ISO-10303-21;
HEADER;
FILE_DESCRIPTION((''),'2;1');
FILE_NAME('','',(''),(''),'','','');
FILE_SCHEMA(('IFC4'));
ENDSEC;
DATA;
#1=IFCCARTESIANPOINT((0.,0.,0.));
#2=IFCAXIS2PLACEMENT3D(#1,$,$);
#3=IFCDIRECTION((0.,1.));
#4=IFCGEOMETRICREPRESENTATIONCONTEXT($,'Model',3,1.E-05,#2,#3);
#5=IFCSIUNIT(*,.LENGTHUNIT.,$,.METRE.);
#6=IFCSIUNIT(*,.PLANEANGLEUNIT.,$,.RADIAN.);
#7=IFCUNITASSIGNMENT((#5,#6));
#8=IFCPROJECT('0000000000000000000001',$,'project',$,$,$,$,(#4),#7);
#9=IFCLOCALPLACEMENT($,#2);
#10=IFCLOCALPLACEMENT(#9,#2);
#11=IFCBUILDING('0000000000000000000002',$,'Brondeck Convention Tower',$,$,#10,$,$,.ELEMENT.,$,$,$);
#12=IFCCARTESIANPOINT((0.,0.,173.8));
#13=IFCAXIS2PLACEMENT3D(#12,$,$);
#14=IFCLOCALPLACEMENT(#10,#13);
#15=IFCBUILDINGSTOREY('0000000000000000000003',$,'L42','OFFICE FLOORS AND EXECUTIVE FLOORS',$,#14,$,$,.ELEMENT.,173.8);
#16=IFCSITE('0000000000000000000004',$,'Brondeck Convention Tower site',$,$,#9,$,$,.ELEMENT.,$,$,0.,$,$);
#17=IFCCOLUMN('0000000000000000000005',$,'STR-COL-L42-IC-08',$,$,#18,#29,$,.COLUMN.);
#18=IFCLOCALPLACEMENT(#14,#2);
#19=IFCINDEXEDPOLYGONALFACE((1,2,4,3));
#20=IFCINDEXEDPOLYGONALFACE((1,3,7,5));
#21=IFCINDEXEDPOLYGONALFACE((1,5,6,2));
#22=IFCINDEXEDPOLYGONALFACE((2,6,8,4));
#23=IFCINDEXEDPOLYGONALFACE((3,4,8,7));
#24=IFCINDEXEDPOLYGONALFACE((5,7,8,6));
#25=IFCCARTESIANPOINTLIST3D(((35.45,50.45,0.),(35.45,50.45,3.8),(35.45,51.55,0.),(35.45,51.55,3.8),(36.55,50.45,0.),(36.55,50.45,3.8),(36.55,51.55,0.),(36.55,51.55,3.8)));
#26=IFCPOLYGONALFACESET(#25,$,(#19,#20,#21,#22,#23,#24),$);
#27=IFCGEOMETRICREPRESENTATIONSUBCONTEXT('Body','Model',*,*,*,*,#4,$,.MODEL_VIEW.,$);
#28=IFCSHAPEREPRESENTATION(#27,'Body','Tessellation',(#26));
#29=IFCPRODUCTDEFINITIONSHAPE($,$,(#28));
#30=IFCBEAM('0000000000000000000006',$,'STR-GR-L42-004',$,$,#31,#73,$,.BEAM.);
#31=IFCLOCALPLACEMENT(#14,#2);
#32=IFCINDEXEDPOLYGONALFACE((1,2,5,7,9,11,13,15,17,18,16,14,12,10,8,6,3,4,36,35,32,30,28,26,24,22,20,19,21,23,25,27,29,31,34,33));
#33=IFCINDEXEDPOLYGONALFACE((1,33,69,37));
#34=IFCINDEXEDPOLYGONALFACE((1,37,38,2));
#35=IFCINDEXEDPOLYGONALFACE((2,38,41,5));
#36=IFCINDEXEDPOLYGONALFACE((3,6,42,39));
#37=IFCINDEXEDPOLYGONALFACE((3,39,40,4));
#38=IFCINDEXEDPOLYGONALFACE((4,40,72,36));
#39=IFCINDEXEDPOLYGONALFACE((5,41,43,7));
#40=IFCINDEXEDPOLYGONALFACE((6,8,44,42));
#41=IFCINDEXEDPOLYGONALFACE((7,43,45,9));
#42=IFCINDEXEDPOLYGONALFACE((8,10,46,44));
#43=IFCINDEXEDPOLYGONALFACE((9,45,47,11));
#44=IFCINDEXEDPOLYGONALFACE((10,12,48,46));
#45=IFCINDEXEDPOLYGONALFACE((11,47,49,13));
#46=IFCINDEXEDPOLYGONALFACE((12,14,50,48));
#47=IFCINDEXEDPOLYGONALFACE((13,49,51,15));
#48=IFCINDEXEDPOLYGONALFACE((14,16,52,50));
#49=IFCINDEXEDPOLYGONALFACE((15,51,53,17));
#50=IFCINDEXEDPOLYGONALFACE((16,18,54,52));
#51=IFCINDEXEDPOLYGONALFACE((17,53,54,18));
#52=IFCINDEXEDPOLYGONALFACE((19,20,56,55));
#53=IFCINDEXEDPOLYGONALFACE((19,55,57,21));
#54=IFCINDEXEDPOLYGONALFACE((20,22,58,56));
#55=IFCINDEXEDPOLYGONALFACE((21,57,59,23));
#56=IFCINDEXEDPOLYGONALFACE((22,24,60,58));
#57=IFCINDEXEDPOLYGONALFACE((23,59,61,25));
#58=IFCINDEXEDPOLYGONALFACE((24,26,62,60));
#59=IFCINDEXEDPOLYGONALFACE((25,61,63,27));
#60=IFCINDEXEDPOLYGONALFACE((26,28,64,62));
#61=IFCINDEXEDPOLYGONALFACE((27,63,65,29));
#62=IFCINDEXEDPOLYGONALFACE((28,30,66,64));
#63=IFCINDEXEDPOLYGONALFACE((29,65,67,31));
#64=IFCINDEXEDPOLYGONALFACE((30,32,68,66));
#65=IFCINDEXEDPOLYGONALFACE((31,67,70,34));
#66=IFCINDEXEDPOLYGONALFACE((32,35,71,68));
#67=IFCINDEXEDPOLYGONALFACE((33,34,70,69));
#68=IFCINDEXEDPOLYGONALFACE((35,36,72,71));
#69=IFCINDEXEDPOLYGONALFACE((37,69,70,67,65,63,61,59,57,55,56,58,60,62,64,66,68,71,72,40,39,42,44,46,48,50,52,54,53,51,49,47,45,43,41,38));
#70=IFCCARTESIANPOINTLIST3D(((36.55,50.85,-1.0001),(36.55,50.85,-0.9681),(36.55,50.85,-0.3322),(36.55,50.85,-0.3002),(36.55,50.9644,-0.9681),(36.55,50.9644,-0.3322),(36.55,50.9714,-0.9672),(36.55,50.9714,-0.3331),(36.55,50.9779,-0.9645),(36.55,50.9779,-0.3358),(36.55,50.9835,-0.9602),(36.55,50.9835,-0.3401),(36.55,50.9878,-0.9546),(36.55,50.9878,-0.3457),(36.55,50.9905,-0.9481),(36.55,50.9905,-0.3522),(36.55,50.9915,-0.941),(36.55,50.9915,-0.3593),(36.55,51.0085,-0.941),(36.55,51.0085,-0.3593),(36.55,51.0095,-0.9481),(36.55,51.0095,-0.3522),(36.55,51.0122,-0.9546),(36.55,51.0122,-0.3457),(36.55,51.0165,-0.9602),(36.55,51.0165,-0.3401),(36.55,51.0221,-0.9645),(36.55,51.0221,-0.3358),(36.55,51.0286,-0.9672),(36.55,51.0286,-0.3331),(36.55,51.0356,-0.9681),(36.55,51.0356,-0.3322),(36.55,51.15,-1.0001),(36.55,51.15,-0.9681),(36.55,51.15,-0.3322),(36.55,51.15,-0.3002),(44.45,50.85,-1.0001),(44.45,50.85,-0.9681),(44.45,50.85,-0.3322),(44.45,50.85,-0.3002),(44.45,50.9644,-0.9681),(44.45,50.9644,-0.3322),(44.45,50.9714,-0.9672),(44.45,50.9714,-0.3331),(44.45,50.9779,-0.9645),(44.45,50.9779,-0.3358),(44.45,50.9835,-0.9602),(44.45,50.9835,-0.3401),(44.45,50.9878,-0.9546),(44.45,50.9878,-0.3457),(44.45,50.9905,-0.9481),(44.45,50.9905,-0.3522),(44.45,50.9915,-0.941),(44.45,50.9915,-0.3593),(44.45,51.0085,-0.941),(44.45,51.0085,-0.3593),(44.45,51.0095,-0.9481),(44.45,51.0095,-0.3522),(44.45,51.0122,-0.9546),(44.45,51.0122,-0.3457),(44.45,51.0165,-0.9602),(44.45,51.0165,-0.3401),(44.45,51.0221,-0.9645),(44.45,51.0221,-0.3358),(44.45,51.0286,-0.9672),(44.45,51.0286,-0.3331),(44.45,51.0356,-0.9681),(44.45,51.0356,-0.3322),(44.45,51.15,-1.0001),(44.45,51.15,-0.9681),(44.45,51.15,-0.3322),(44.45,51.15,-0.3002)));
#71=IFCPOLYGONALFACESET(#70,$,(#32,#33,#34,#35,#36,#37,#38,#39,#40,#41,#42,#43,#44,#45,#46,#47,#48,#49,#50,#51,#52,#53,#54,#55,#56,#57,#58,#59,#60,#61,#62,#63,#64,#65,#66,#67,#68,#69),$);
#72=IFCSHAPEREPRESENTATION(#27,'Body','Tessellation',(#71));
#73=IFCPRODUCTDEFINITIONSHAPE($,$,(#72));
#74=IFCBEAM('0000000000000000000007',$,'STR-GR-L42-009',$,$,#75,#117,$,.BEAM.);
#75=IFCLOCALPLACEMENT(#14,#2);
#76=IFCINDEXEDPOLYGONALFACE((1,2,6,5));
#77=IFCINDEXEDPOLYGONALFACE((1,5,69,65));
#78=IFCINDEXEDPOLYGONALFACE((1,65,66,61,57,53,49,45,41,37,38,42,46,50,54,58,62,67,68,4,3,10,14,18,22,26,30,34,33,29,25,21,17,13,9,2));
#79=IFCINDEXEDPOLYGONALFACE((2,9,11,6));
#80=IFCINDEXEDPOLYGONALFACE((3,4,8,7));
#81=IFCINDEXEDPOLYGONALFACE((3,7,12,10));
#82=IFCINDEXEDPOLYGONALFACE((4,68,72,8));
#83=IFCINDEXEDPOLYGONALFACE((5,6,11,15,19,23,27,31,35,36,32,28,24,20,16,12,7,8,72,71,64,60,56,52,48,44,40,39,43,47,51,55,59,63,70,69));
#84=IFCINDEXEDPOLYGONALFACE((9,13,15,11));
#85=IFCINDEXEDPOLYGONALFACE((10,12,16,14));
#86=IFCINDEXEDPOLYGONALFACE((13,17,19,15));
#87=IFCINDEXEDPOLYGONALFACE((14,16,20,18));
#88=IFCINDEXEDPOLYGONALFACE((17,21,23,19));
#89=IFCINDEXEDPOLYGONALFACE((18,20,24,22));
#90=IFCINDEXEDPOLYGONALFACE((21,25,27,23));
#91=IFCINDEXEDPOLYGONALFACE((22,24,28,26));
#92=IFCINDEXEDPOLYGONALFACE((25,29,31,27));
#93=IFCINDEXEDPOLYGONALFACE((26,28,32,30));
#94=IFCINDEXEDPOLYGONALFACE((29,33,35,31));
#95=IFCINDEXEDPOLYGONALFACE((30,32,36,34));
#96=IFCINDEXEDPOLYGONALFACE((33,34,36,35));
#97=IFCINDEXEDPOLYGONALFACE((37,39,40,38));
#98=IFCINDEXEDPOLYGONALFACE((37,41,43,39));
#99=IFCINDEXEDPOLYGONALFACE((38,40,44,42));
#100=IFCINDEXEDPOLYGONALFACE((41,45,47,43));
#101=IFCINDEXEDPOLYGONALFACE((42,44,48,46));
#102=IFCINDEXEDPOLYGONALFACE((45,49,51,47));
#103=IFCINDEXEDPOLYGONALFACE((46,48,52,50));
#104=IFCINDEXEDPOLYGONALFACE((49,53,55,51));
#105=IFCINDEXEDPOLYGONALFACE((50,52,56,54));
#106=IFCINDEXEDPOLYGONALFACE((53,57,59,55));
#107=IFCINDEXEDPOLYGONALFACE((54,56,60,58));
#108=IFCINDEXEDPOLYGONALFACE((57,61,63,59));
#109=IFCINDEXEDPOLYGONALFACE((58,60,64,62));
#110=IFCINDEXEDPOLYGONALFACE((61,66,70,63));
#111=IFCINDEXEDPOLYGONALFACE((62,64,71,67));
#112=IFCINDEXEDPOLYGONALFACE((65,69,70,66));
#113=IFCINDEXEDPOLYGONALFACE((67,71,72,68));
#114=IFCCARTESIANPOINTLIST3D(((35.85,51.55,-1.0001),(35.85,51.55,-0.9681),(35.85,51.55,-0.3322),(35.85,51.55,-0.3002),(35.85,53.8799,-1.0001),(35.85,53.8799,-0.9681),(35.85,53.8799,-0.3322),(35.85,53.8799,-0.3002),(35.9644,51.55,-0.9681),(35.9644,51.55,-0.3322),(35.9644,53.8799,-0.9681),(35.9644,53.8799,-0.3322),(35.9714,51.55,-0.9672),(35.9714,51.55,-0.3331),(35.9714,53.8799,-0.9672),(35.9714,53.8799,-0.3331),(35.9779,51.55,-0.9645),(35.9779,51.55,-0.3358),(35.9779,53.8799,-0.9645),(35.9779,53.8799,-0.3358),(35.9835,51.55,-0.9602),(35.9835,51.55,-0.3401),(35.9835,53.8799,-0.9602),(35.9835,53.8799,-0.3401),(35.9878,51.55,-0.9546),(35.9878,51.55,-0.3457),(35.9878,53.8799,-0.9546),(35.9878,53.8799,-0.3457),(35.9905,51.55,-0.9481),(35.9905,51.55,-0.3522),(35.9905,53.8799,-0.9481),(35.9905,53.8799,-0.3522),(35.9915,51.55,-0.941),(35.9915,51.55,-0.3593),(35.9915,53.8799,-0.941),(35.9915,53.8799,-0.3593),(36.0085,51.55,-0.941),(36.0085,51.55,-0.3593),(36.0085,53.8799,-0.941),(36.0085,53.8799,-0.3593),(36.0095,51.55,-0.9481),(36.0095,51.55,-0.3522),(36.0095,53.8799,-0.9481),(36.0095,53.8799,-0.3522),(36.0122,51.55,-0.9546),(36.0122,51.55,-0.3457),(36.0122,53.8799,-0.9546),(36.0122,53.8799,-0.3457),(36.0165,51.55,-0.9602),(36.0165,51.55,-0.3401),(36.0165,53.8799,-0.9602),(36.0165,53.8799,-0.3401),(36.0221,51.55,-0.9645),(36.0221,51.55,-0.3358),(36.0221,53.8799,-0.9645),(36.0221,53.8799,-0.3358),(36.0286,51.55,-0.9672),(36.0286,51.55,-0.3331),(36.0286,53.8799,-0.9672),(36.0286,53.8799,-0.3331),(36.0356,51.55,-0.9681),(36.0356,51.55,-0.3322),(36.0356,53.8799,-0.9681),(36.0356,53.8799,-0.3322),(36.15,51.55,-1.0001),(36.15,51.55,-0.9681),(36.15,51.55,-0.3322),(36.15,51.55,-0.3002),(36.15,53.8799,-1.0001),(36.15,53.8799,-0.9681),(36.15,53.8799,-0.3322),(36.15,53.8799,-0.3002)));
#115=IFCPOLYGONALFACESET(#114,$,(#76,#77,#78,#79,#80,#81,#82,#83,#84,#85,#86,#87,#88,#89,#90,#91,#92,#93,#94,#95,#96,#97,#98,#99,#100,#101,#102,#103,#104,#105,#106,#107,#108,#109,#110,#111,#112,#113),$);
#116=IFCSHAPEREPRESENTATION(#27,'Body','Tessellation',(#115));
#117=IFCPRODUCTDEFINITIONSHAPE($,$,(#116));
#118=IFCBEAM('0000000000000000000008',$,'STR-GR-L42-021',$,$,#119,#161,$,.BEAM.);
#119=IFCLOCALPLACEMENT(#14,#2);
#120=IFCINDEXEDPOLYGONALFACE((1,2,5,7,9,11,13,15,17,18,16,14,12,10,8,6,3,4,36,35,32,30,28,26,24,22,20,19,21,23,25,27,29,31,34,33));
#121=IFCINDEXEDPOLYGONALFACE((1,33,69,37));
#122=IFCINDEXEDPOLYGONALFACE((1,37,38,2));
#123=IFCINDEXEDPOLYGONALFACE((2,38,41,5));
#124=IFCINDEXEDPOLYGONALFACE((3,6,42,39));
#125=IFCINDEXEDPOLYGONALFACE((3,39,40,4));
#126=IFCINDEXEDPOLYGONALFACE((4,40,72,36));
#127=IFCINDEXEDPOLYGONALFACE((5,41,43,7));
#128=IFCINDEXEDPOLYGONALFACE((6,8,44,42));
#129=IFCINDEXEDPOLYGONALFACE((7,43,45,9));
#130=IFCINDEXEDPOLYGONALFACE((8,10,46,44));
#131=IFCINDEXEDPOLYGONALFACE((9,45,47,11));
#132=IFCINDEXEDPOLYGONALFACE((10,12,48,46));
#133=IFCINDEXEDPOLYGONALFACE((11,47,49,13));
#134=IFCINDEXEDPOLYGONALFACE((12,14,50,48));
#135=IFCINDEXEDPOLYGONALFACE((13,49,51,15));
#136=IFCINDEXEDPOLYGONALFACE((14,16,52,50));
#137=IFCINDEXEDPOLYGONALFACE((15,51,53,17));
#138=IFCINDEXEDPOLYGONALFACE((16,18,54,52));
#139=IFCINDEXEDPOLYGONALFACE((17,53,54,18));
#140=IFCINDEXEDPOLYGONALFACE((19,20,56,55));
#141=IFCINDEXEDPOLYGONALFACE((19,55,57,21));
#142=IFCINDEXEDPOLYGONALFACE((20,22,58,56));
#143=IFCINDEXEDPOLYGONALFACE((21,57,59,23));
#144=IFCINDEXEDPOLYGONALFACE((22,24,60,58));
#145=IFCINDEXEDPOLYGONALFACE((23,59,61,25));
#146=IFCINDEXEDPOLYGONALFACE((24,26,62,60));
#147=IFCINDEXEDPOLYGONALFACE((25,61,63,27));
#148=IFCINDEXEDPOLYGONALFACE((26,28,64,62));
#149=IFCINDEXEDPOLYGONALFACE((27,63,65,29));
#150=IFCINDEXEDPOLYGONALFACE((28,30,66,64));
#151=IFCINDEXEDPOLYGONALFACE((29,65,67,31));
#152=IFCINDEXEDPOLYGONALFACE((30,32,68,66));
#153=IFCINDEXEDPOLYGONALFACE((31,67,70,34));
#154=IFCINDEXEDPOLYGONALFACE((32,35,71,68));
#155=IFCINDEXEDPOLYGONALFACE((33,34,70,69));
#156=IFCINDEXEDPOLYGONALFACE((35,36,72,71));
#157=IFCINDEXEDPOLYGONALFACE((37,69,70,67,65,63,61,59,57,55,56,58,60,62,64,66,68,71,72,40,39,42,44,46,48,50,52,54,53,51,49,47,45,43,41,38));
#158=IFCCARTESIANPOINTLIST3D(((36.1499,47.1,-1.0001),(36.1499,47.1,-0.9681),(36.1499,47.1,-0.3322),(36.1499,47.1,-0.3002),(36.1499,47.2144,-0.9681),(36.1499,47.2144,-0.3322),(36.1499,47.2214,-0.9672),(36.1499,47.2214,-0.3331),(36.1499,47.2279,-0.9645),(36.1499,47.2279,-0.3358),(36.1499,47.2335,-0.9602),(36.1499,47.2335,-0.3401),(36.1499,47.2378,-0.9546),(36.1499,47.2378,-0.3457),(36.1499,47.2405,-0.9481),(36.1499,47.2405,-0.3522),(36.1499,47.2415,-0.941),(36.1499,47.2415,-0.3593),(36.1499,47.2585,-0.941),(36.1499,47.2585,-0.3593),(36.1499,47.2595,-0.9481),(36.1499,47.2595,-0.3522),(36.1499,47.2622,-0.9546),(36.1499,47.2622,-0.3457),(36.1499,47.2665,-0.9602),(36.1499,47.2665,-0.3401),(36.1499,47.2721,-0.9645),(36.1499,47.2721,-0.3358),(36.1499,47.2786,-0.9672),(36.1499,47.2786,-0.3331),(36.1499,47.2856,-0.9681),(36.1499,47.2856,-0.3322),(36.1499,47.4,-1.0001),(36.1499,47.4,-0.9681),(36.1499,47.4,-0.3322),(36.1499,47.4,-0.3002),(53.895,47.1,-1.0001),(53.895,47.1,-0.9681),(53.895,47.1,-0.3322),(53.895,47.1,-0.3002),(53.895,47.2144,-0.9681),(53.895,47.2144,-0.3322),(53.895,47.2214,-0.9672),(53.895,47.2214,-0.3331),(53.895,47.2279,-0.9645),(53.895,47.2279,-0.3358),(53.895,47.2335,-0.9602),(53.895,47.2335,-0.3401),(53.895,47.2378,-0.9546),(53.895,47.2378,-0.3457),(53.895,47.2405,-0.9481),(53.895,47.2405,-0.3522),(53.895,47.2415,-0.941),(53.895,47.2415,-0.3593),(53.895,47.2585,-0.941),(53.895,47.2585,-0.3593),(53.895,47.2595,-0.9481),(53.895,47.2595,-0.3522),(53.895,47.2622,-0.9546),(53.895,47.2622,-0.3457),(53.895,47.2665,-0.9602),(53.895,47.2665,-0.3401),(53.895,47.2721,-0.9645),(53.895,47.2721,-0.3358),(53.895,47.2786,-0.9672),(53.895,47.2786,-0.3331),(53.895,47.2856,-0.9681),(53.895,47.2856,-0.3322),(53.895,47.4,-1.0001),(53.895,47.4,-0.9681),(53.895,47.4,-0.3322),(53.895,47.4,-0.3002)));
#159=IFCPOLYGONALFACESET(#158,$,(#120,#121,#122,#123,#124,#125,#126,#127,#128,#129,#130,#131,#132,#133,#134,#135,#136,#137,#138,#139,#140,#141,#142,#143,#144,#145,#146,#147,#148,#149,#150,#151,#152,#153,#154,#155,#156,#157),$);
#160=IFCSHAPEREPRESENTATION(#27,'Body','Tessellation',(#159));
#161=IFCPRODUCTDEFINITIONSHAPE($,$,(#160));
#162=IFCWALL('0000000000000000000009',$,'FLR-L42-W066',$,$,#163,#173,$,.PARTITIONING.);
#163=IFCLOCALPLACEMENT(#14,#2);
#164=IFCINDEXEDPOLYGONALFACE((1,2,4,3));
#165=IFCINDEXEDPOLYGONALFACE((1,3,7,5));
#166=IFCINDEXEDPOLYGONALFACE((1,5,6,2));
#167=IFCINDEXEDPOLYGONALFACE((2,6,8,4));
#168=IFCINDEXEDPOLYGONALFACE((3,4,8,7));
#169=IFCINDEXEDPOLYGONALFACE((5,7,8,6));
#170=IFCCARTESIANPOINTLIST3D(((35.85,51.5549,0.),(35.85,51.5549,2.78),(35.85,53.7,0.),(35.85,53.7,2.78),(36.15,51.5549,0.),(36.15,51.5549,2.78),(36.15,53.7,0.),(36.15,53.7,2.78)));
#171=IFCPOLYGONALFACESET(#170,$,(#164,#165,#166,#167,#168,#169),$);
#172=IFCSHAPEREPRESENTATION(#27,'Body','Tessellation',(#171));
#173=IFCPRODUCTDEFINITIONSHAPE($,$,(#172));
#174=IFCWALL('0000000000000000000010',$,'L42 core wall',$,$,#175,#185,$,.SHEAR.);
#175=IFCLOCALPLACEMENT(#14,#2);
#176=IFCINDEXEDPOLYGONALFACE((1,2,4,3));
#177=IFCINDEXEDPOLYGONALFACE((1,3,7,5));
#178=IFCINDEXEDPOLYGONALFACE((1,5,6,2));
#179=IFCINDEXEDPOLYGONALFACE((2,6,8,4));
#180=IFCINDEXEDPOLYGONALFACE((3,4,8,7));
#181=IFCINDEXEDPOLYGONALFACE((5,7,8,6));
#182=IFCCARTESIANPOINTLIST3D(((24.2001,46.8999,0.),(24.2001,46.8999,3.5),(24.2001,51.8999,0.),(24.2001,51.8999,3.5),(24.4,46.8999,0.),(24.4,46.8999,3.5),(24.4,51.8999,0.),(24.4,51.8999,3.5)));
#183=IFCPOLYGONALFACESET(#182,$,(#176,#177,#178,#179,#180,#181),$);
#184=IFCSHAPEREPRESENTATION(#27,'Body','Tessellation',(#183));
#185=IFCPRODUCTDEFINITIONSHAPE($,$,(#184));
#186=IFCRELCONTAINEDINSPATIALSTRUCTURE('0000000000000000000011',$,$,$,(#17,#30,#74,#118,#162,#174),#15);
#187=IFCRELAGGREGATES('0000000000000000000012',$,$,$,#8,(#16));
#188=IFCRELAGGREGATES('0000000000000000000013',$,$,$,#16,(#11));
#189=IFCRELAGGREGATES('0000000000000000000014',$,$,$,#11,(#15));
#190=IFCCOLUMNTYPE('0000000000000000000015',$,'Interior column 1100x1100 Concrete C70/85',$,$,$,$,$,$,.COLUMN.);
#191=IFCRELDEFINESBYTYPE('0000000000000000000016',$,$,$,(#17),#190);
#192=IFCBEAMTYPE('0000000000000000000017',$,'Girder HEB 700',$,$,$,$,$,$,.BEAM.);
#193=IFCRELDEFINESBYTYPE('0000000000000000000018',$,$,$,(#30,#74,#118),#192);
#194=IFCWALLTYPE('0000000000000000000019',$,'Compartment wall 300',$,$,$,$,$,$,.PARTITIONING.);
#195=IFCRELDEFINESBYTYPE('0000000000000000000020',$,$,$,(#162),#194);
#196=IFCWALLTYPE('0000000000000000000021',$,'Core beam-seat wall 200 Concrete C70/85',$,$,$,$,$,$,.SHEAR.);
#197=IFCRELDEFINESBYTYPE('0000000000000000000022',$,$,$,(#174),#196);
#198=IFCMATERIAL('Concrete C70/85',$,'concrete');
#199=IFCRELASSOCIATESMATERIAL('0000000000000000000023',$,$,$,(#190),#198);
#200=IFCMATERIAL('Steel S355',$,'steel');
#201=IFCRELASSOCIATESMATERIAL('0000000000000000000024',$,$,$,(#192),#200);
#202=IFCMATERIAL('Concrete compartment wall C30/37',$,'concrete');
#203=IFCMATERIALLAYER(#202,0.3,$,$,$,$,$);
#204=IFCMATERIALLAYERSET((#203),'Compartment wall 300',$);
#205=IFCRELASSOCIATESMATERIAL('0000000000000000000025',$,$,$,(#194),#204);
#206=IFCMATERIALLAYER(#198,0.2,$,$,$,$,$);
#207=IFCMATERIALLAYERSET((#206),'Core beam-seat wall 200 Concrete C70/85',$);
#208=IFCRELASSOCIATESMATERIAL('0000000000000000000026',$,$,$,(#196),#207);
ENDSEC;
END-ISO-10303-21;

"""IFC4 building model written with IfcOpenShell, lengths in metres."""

from ifc_helpers import new_model, si_unit, direction, frame, frame_2d, origin, origin_2d, place, context, subcontext, project, spatial, rectangle, i_section, extrude, material, layer, layer_set, material_profile, profile_set, type_object, element, save


model = new_model("IFC4")

# Units and contexts
model_context = context("Model", 3, precision=1e-05, world=origin(), true_north=direction((0.0, 1.0)))
body_context = subcontext(model_context, "Body", "Model", "MODEL_VIEW")
ifc_project = project(units=[si_unit("LENGTHUNIT", "METRE"), si_unit("PLANEANGLEUNIT", "RADIAN")], contexts=[model_context])

# Site, building, storey
site_placement = place(None, origin())
site = spatial("IfcSite", under=ifc_project, at=site_placement, Name="Brondeck Convention Tower site", CompositionType="ELEMENT", RefElevation=0.0)
building_placement = place(site_placement, origin())
building = spatial("IfcBuilding", under=site, at=building_placement, Name="Brondeck Convention Tower", CompositionType="ELEMENT")
storey_placement = place(building_placement, frame((0.0, 0.0, 173.8)))
storey = spatial("IfcBuildingStorey", under=building, at=storey_placement, Name="L42", Description="OFFICE FLOORS AND EXECUTIVE FLOORS", CompositionType="ELEMENT", Elevation=173.8)

# Column
ifc_material_1 = material(Name="Concrete C70/85", Category="concrete")
ifc_material_profile_1 = material_profile(ifc_material_1, rectangle(XDim=1.1001, YDim=1.1001, at=origin_2d()), Name="Interior column 1100x1100 Concrete C70/85")
ifc_profile_set_1 = profile_set([ifc_material_profile_1], Name="Concrete C70/85")
column_type = type_object("IfcColumnType", Name="Interior column 1100x1100 Concrete C70/85", PredefinedType="COLUMN", material=ifc_profile_set_1)
column_placement = place(storey_placement, frame((36.0, 51.0, 0.0), z_axis=(0.0, 0.0, 1.0), x_axis=(1.0, 0.0, 0.0)))
element("IfcColumn", 1, at=column_placement, inside=storey, type_object=column_type, Name="STR-COL-L42-IC-08", PredefinedType="COLUMN", context=body_context, shape_type="SweptSolid", body=[
    extrude(rectangle(XDim=1.1001, YDim=1.1001, at=origin_2d()), origin(), (0.0, 0.0, 1.0), 3.8),
])

# Beams
ifc_material_2 = material(Name="Steel S355", Category="steel")
ifc_material_profile_2 = material_profile(ifc_material_2, i_section(OverallWidth=0.3, OverallDepth=0.7, WebThickness=0.0171, FlangeThickness=0.032, FilletRadius=0.0271, at=origin_2d()), Name="HEB 700")
ifc_profile_set_2 = profile_set([ifc_material_profile_2], Name="Steel S355")
beam_type = type_object("IfcBeamType", Name="Girder HEB 700", PredefinedType="BEAM", material=ifc_profile_set_2)
beam_1_placement = place(storey_placement, frame((36.55, 51.0, -0.6501), z_axis=(1.0, 0.0, 0.0), x_axis=(0.0, 1.0, 0.0)))
element("IfcBeam", 2, at=beam_1_placement, inside=storey, type_object=beam_type, Name="STR-GR-L42-004", PredefinedType="BEAM", context=body_context, shape_type="SweptSolid", body=[
    extrude(i_section(OverallWidth=0.3, OverallDepth=0.7, WebThickness=0.0171, FlangeThickness=0.032, FilletRadius=0.0271, at=origin_2d()), origin(), (0.0, 0.0, 1.0), 7.8999),
])
beam_2_placement = place(storey_placement, frame((36.0, 51.55, -0.6501), z_axis=(0.0, 1.0, 0.0), x_axis=(-1.0, 0.0, 0.0)))
element("IfcBeam", 3, at=beam_2_placement, inside=storey, type_object=beam_type, Name="STR-GR-L42-009", PredefinedType="BEAM", context=body_context, shape_type="SweptSolid", body=[
    extrude(i_section(OverallWidth=0.3, OverallDepth=0.7, WebThickness=0.0171, FlangeThickness=0.032, FilletRadius=0.0271, at=origin_2d()), origin(), (0.0, 0.0, 1.0), 2.3298),
])
beam_3_placement = place(storey_placement, frame((36.1499, 47.25, -0.6501), z_axis=(1.0, 0.0, 0.0), x_axis=(0.0, 1.0, 0.0)))
element("IfcBeam", 4, at=beam_3_placement, inside=storey, type_object=beam_type, Name="STR-GR-L42-021", PredefinedType="BEAM", context=body_context, shape_type="SweptSolid", body=[
    extrude(i_section(OverallWidth=0.3, OverallDepth=0.7, WebThickness=0.0171, FlangeThickness=0.032, FilletRadius=0.0271, at=origin_2d()), origin(), (0.0, 0.0, 1.0), 17.7451),
])

# Walls
ifc_material_3 = material(Name="Concrete compartment wall C30/37", Category="concrete")
ifc_layer_1 = layer(ifc_material_3, 0.3)
ifc_layer_set_1 = layer_set([ifc_layer_1], Name="Compartment wall 300")
wall_type_1 = type_object("IfcWallType", Name="Compartment wall 300", PredefinedType="PARTITIONING", material=ifc_layer_set_1)
wall_1_placement = place(storey_placement, frame((36.0, 51.5549, 0.0), z_axis=(0.0, 0.0, 1.0), x_axis=(0.0, 1.0, 0.0)))
element("IfcWall", 5, at=wall_1_placement, inside=storey, type_object=wall_type_1, Name="FLR-L42-W066", PredefinedType="PARTITIONING", context=body_context, shape_type="SweptSolid", body=[
    extrude(rectangle(XDim=2.145, YDim=0.3, at=frame_2d((1.0725, 0.0))), origin(), (0.0, 0.0, 1.0), 2.78),
])
ifc_layer_2 = layer(ifc_material_1, 0.2)
ifc_layer_set_2 = layer_set([ifc_layer_2], Name="Core beam-seat wall 200 Concrete C70/85")
wall_type_2 = type_object("IfcWallType", Name="Core beam-seat wall 200 Concrete C70/85", PredefinedType="SHEAR", material=ifc_layer_set_2)
wall_2_placement = place(storey_placement, frame((24.3, 46.8999, 0.0), z_axis=(0.0, 0.0, 1.0), x_axis=(0.0, 1.0, 0.0)))
element("IfcWall", 6, at=wall_2_placement, inside=storey, type_object=wall_type_2, Name="L42 core wall", PredefinedType="SHEAR", context=body_context, shape_type="SweptSolid", body=[
    extrude(rectangle(XDim=5.0, YDim=0.2, at=frame_2d((2.5, 0.0))), origin(), (0.0, 0.0, 1.0), 3.5),
])

save(model, "model.ifc")
